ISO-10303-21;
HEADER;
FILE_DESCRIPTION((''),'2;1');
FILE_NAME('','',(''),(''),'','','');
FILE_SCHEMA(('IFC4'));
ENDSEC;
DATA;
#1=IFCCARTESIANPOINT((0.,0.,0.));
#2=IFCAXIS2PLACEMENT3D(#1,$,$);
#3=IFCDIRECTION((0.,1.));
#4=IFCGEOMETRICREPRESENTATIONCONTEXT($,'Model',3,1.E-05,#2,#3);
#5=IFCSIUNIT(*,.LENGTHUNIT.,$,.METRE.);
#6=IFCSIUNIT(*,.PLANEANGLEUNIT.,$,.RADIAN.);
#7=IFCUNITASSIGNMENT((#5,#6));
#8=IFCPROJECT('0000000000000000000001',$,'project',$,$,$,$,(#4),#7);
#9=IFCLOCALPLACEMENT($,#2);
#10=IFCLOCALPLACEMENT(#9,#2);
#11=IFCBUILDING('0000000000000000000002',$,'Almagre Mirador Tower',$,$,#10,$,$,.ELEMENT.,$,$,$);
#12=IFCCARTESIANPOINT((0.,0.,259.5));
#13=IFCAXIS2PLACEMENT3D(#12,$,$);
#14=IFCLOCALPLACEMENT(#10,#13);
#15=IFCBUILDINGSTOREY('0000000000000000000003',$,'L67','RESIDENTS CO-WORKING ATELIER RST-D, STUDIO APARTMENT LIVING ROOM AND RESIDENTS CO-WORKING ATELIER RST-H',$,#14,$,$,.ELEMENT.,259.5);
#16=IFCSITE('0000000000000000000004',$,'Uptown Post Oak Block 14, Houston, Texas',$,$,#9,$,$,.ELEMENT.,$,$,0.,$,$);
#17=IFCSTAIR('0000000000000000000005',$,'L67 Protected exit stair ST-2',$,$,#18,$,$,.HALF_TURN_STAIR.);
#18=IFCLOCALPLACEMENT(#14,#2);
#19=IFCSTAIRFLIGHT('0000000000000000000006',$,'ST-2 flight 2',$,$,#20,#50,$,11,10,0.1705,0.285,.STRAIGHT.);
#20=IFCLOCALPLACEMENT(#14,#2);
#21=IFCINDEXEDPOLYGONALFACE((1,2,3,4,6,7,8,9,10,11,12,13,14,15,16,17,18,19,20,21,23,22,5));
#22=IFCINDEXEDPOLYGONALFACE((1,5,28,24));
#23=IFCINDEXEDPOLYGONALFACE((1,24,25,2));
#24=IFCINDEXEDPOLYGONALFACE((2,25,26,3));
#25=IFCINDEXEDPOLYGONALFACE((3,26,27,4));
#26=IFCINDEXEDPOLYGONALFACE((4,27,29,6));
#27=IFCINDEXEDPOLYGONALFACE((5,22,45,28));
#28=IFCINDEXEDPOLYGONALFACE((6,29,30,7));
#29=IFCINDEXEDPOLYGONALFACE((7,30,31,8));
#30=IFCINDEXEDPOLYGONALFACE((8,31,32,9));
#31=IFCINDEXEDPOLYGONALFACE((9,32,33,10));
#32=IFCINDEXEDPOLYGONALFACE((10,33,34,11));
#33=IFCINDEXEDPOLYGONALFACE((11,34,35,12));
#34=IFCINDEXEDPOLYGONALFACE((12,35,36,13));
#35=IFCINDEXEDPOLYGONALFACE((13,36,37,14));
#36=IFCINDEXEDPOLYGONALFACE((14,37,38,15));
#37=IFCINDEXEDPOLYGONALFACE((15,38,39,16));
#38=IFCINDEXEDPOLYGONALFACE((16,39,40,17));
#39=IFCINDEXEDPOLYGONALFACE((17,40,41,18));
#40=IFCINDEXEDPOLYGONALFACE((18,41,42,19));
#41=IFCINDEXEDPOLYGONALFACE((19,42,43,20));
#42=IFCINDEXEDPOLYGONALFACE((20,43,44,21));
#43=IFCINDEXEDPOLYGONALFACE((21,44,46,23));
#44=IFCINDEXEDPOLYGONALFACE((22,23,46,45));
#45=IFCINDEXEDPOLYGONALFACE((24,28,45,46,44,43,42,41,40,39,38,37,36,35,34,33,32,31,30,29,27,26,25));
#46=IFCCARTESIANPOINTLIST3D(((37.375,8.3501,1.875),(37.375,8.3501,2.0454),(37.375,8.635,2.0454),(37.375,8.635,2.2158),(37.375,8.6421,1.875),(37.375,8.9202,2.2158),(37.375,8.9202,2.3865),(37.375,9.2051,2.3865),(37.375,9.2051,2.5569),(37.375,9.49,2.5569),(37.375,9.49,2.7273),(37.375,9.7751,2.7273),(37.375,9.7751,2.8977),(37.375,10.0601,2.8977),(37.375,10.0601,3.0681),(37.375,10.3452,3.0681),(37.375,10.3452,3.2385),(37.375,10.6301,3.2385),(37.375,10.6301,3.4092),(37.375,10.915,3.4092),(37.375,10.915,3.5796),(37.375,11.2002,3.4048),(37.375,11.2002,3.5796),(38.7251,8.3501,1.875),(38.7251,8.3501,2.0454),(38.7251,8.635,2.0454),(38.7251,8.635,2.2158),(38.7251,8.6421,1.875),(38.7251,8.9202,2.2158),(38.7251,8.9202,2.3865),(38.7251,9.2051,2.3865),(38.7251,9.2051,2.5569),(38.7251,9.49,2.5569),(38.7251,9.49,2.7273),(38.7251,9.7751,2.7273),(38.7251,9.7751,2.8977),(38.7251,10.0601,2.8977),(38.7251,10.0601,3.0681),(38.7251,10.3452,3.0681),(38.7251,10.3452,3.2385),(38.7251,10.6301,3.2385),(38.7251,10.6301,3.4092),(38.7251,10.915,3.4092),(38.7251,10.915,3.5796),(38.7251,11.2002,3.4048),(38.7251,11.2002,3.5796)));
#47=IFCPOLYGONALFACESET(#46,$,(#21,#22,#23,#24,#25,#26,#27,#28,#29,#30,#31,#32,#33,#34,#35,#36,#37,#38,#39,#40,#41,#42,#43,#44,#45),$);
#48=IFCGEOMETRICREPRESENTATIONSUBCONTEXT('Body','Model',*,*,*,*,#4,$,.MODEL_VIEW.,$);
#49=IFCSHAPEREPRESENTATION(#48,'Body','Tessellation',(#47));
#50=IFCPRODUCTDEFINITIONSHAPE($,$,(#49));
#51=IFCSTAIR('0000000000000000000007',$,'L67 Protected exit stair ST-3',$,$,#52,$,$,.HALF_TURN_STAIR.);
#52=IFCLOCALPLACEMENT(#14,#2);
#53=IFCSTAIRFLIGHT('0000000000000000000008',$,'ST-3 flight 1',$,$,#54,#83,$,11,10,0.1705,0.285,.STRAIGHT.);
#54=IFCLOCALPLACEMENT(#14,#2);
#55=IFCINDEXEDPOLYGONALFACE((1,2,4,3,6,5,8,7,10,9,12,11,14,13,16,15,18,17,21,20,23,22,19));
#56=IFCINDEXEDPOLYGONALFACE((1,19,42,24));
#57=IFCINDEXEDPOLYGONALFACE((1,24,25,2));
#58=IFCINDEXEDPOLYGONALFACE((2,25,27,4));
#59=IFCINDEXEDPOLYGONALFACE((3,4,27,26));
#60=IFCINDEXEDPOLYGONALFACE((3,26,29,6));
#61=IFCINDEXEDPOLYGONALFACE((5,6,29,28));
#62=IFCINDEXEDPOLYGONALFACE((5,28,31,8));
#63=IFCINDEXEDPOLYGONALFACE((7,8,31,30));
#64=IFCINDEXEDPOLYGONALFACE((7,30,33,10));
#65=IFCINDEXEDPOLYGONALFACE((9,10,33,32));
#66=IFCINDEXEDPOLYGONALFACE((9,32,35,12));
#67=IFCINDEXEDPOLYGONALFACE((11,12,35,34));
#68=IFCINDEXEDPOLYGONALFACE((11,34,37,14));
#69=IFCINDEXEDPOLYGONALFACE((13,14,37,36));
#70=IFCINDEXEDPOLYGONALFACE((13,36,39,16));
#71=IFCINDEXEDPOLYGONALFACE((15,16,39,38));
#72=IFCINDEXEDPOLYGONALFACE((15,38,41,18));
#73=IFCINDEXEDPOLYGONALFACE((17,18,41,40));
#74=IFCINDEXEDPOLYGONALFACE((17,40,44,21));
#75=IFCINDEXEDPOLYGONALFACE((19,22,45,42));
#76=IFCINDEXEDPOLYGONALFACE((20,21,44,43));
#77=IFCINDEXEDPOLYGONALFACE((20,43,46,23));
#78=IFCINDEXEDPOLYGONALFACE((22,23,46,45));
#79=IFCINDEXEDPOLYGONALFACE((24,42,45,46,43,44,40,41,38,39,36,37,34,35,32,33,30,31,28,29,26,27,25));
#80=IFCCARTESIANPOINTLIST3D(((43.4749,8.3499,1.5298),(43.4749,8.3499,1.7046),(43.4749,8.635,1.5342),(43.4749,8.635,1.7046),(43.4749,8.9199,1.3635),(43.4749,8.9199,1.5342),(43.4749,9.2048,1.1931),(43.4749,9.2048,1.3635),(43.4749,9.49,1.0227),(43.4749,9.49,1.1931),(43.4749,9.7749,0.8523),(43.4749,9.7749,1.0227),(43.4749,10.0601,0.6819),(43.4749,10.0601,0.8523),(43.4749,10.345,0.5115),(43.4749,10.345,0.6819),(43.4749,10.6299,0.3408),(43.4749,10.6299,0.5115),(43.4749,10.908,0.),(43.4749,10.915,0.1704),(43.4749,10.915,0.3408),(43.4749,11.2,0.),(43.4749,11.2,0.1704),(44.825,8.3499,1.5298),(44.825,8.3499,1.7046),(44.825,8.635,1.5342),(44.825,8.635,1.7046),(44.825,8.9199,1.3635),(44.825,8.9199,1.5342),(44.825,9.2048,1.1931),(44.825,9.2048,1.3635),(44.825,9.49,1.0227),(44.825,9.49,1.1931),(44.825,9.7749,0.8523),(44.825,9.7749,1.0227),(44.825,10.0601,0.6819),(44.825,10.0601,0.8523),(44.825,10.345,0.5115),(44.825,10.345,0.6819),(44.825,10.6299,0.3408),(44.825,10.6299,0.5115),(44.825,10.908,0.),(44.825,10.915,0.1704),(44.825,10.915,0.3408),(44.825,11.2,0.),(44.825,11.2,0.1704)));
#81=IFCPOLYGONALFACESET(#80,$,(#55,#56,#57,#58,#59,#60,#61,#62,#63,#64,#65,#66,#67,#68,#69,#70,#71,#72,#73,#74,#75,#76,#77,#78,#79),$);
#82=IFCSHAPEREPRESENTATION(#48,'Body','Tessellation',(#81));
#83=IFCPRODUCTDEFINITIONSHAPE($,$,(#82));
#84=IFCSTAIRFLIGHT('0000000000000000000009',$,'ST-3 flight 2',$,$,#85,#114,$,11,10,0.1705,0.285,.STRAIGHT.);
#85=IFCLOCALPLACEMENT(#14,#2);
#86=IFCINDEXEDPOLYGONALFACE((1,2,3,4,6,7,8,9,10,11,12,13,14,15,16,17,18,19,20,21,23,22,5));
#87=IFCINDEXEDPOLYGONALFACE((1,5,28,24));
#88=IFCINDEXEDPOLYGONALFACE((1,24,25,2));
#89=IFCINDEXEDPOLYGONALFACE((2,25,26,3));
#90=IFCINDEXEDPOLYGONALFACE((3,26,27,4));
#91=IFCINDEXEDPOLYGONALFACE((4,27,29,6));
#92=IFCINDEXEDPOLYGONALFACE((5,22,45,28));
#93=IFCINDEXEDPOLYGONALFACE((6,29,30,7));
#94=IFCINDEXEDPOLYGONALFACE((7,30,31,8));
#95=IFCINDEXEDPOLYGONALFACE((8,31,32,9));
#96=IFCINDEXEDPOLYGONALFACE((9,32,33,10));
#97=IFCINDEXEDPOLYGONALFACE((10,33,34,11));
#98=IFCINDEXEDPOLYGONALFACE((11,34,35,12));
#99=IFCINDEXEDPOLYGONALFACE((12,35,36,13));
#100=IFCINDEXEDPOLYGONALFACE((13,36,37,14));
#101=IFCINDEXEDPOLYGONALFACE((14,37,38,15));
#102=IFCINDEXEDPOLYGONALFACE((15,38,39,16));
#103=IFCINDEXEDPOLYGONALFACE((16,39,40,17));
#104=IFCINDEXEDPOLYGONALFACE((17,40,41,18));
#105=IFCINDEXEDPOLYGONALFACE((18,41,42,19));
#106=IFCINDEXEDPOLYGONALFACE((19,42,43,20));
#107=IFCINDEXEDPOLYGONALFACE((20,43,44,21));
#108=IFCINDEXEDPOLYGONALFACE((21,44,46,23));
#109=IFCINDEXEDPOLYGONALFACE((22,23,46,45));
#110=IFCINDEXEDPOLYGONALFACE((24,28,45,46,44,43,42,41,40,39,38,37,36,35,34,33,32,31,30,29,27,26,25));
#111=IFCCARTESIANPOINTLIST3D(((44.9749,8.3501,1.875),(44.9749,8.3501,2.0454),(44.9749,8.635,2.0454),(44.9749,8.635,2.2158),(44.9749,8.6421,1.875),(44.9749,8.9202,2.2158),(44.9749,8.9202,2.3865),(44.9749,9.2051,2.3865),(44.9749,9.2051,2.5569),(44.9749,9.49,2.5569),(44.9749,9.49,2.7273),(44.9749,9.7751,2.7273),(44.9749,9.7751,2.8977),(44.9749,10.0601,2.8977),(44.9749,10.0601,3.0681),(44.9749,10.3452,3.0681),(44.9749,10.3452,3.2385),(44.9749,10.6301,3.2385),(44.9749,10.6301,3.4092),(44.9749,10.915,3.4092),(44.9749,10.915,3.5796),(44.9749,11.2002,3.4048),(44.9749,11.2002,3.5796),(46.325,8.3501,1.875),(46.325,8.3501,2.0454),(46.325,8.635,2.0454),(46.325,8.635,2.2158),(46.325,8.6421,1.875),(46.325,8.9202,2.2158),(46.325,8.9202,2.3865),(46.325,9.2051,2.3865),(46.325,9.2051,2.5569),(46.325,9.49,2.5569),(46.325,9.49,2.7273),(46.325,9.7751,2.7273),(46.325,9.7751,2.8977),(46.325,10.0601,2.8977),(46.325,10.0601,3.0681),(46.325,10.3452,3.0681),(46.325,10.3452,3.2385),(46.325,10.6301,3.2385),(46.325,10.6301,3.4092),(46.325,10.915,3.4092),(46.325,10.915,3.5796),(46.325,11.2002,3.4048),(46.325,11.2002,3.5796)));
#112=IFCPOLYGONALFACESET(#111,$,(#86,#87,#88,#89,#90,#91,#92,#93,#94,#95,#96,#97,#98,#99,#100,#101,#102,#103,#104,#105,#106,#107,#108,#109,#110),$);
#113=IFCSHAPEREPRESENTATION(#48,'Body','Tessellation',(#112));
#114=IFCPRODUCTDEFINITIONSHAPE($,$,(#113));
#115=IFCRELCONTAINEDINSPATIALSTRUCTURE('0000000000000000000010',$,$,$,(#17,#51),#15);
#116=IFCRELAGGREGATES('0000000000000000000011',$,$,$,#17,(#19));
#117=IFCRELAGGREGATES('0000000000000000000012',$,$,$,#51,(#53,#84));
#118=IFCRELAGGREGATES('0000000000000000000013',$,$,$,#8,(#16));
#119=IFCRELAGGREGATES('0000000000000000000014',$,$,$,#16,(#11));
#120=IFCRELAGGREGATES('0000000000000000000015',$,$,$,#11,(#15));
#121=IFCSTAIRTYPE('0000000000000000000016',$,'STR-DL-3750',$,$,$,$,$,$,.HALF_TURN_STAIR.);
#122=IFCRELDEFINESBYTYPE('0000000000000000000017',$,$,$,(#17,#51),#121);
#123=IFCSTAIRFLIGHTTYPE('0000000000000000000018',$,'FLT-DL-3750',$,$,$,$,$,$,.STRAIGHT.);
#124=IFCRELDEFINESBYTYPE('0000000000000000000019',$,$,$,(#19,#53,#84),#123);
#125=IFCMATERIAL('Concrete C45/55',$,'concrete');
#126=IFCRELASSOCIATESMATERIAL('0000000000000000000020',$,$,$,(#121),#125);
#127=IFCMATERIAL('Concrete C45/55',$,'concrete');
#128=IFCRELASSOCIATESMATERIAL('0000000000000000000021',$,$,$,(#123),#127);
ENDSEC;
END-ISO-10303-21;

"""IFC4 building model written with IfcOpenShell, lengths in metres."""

from ifc_helpers import new_model, si_unit, direction, frame, origin, place, context, subcontext, project, spatial, polyline, outline, extrude, material, type_object, element, aggregate, save


model = new_model("IFC4")

# Units and contexts
model_context = context("Model", 3, precision=1e-05, world=origin(), true_north=direction((0.0, 1.0)))
body_context = subcontext(model_context, "Body", "Model", "MODEL_VIEW")
ifc_project = project(units=[si_unit("LENGTHUNIT", "METRE"), si_unit("PLANEANGLEUNIT", "RADIAN")], contexts=[model_context])

# Site, building, storey
site_placement = place(None, origin())
site = spatial("IfcSite", under=ifc_project, at=site_placement, Name="Uptown Post Oak Block 14, Houston, Texas", CompositionType="ELEMENT", RefElevation=0.0)
building_placement = place(site_placement, origin())
building = spatial("IfcBuilding", under=site, at=building_placement, Name="Almagre Mirador Tower", CompositionType="ELEMENT")
storey_placement = place(building_placement, frame((0.0, 0.0, 259.5)))
storey = spatial("IfcBuildingStorey", under=building, at=storey_placement, Name="L67", Description="RESIDENTS CO-WORKING ATELIER RST-D, STUDIO APARTMENT LIVING ROOM AND RESIDENTS CO-WORKING ATELIER RST-H", CompositionType="ELEMENT", Elevation=259.5)

# Stair, stair flight
ifc_material_1 = material(Name="Concrete C45/55", Category="concrete")
stair_type = type_object("IfcStairType", Name="STR-DL-3750", PredefinedType="HALF_TURN_STAIR", material=ifc_material_1)
stair_1_placement = place(storey_placement, origin())
stair_1 = element("IfcStair", 1, at=stair_1_placement, inside=storey, type_object=stair_type, Name="L67 Protected exit stair ST-2", PredefinedType="HALF_TURN_STAIR")
ifc_material_2 = material(Name="Concrete C45/55", Category="concrete")
stair_flight_type = type_object("IfcStairFlightType", Name="FLT-DL-3750", PredefinedType="STRAIGHT", material=ifc_material_2)
stair_flight_1_placement = place(storey_placement, frame((38.05, 8.3501, 1.875), z_axis=(0.0, 0.0, 1.0), x_axis=(0.0, 1.0, 0.0)))
stair_flight_1 = element("IfcStairFlight", 2, at=stair_flight_1_placement, type_object=stair_flight_type, Name="ST-2 flight 2", NumberOfRisers=11, NumberOfTreads=10, PredefinedType="STRAIGHT", RiserHeight=0.1705, TreadLength=0.285, context=body_context, shape_type="SweptSolid", body=[
    extrude(outline(polyline([(0.0, 0.0), (0.0, 0.1704), (0.2849, 0.1704), (0.2849, 0.3408), (0.5701, 0.3408), (0.5701, 0.5115), (0.855, 0.5115), (0.855, 0.6819), (1.1399, 0.6819), (1.1399, 0.8523), (1.425, 0.8523), (1.425, 1.0227), (1.71, 1.0227), (1.71, 1.1931), (1.9951, 1.1931), (1.9951, 1.3635), (2.28, 1.3635), (2.28, 1.5342), (2.5649, 1.5342), (2.5649, 1.7046), (2.8501, 1.7046), (2.8501, 1.875), (2.8501, 1.5298), (0.292, 0.0), (0.0, 0.0)])), frame((0.0, 0.675, 0.0), z_axis=(0.0, -1.0, 0.0), x_axis=(1.0, 0.0, 0.0)), (0.0, 0.0, 1.0), 1.3501),
])
aggregate(stair_1, [stair_flight_1])

# Stair, stair flights
stair_2_placement = place(storey_placement, origin())
stair_2 = element("IfcStair", 3, at=stair_2_placement, inside=storey, type_object=stair_type, Name="L67 Protected exit stair ST-3", PredefinedType="HALF_TURN_STAIR")
stair_flight_2_placement = place(storey_placement, frame((44.1499, 11.2, 0.0), z_axis=(0.0, 0.0, 1.0), x_axis=(0.0, -1.0, 0.0)))
stair_flight_2 = element("IfcStairFlight", 4, at=stair_flight_2_placement, type_object=stair_flight_type, Name="ST-3 flight 1", NumberOfRisers=11, NumberOfTreads=10, PredefinedType="STRAIGHT", RiserHeight=0.1705, TreadLength=0.285, context=body_context, shape_type="SweptSolid", body=[
    extrude(outline(polyline([(0.0, 0.0), (0.0, 0.1704), (0.2849, 0.1704), (0.2849, 0.3408), (0.5701, 0.3408), (0.5701, 0.5115), (0.855, 0.5115), (0.855, 0.6819), (1.1399, 0.6819), (1.1399, 0.8523), (1.425, 0.8523), (1.425, 1.0227), (1.71, 1.0227), (1.71, 1.1931), (1.9951, 1.1931), (1.9951, 1.3635), (2.28, 1.3635), (2.28, 1.5342), (2.5649, 1.5342), (2.5649, 1.7046), (2.8501, 1.7046), (2.8501, 1.875), (2.8501, 1.5298), (0.292, 0.0), (0.0, 0.0)])), frame((0.0, 0.675, 0.0), z_axis=(0.0, -1.0, 0.0), x_axis=(1.0, 0.0, 0.0)), (0.0, 0.0, 1.0), 1.3501),
])
stair_flight_3_placement = place(storey_placement, frame((45.6499, 8.3501, 1.875), z_axis=(0.0, 0.0, 1.0), x_axis=(0.0, 1.0, 0.0)))
stair_flight_3 = element("IfcStairFlight", 5, at=stair_flight_3_placement, type_object=stair_flight_type, Name="ST-3 flight 2", NumberOfRisers=11, NumberOfTreads=10, PredefinedType="STRAIGHT", RiserHeight=0.1705, TreadLength=0.285, context=body_context, shape_type="SweptSolid", body=[
    extrude(outline(polyline([(0.0, 0.0), (0.0, 0.1704), (0.2849, 0.1704), (0.2849, 0.3408), (0.5701, 0.3408), (0.5701, 0.5115), (0.855, 0.5115), (0.855, 0.6819), (1.1399, 0.6819), (1.1399, 0.8523), (1.425, 0.8523), (1.425, 1.0227), (1.71, 1.0227), (1.71, 1.1931), (1.9951, 1.1931), (1.9951, 1.3635), (2.28, 1.3635), (2.28, 1.5342), (2.5649, 1.5342), (2.5649, 1.7046), (2.8501, 1.7046), (2.8501, 1.875), (2.8501, 1.5298), (0.292, 0.0), (0.0, 0.0)])), frame((0.0, 0.675, 0.0), z_axis=(0.0, -1.0, 0.0), x_axis=(1.0, 0.0, 0.0)), (0.0, 0.0, 1.0), 1.3501),
])
aggregate(stair_2, [stair_flight_2, stair_flight_3])

save(model, "model.ifc")
